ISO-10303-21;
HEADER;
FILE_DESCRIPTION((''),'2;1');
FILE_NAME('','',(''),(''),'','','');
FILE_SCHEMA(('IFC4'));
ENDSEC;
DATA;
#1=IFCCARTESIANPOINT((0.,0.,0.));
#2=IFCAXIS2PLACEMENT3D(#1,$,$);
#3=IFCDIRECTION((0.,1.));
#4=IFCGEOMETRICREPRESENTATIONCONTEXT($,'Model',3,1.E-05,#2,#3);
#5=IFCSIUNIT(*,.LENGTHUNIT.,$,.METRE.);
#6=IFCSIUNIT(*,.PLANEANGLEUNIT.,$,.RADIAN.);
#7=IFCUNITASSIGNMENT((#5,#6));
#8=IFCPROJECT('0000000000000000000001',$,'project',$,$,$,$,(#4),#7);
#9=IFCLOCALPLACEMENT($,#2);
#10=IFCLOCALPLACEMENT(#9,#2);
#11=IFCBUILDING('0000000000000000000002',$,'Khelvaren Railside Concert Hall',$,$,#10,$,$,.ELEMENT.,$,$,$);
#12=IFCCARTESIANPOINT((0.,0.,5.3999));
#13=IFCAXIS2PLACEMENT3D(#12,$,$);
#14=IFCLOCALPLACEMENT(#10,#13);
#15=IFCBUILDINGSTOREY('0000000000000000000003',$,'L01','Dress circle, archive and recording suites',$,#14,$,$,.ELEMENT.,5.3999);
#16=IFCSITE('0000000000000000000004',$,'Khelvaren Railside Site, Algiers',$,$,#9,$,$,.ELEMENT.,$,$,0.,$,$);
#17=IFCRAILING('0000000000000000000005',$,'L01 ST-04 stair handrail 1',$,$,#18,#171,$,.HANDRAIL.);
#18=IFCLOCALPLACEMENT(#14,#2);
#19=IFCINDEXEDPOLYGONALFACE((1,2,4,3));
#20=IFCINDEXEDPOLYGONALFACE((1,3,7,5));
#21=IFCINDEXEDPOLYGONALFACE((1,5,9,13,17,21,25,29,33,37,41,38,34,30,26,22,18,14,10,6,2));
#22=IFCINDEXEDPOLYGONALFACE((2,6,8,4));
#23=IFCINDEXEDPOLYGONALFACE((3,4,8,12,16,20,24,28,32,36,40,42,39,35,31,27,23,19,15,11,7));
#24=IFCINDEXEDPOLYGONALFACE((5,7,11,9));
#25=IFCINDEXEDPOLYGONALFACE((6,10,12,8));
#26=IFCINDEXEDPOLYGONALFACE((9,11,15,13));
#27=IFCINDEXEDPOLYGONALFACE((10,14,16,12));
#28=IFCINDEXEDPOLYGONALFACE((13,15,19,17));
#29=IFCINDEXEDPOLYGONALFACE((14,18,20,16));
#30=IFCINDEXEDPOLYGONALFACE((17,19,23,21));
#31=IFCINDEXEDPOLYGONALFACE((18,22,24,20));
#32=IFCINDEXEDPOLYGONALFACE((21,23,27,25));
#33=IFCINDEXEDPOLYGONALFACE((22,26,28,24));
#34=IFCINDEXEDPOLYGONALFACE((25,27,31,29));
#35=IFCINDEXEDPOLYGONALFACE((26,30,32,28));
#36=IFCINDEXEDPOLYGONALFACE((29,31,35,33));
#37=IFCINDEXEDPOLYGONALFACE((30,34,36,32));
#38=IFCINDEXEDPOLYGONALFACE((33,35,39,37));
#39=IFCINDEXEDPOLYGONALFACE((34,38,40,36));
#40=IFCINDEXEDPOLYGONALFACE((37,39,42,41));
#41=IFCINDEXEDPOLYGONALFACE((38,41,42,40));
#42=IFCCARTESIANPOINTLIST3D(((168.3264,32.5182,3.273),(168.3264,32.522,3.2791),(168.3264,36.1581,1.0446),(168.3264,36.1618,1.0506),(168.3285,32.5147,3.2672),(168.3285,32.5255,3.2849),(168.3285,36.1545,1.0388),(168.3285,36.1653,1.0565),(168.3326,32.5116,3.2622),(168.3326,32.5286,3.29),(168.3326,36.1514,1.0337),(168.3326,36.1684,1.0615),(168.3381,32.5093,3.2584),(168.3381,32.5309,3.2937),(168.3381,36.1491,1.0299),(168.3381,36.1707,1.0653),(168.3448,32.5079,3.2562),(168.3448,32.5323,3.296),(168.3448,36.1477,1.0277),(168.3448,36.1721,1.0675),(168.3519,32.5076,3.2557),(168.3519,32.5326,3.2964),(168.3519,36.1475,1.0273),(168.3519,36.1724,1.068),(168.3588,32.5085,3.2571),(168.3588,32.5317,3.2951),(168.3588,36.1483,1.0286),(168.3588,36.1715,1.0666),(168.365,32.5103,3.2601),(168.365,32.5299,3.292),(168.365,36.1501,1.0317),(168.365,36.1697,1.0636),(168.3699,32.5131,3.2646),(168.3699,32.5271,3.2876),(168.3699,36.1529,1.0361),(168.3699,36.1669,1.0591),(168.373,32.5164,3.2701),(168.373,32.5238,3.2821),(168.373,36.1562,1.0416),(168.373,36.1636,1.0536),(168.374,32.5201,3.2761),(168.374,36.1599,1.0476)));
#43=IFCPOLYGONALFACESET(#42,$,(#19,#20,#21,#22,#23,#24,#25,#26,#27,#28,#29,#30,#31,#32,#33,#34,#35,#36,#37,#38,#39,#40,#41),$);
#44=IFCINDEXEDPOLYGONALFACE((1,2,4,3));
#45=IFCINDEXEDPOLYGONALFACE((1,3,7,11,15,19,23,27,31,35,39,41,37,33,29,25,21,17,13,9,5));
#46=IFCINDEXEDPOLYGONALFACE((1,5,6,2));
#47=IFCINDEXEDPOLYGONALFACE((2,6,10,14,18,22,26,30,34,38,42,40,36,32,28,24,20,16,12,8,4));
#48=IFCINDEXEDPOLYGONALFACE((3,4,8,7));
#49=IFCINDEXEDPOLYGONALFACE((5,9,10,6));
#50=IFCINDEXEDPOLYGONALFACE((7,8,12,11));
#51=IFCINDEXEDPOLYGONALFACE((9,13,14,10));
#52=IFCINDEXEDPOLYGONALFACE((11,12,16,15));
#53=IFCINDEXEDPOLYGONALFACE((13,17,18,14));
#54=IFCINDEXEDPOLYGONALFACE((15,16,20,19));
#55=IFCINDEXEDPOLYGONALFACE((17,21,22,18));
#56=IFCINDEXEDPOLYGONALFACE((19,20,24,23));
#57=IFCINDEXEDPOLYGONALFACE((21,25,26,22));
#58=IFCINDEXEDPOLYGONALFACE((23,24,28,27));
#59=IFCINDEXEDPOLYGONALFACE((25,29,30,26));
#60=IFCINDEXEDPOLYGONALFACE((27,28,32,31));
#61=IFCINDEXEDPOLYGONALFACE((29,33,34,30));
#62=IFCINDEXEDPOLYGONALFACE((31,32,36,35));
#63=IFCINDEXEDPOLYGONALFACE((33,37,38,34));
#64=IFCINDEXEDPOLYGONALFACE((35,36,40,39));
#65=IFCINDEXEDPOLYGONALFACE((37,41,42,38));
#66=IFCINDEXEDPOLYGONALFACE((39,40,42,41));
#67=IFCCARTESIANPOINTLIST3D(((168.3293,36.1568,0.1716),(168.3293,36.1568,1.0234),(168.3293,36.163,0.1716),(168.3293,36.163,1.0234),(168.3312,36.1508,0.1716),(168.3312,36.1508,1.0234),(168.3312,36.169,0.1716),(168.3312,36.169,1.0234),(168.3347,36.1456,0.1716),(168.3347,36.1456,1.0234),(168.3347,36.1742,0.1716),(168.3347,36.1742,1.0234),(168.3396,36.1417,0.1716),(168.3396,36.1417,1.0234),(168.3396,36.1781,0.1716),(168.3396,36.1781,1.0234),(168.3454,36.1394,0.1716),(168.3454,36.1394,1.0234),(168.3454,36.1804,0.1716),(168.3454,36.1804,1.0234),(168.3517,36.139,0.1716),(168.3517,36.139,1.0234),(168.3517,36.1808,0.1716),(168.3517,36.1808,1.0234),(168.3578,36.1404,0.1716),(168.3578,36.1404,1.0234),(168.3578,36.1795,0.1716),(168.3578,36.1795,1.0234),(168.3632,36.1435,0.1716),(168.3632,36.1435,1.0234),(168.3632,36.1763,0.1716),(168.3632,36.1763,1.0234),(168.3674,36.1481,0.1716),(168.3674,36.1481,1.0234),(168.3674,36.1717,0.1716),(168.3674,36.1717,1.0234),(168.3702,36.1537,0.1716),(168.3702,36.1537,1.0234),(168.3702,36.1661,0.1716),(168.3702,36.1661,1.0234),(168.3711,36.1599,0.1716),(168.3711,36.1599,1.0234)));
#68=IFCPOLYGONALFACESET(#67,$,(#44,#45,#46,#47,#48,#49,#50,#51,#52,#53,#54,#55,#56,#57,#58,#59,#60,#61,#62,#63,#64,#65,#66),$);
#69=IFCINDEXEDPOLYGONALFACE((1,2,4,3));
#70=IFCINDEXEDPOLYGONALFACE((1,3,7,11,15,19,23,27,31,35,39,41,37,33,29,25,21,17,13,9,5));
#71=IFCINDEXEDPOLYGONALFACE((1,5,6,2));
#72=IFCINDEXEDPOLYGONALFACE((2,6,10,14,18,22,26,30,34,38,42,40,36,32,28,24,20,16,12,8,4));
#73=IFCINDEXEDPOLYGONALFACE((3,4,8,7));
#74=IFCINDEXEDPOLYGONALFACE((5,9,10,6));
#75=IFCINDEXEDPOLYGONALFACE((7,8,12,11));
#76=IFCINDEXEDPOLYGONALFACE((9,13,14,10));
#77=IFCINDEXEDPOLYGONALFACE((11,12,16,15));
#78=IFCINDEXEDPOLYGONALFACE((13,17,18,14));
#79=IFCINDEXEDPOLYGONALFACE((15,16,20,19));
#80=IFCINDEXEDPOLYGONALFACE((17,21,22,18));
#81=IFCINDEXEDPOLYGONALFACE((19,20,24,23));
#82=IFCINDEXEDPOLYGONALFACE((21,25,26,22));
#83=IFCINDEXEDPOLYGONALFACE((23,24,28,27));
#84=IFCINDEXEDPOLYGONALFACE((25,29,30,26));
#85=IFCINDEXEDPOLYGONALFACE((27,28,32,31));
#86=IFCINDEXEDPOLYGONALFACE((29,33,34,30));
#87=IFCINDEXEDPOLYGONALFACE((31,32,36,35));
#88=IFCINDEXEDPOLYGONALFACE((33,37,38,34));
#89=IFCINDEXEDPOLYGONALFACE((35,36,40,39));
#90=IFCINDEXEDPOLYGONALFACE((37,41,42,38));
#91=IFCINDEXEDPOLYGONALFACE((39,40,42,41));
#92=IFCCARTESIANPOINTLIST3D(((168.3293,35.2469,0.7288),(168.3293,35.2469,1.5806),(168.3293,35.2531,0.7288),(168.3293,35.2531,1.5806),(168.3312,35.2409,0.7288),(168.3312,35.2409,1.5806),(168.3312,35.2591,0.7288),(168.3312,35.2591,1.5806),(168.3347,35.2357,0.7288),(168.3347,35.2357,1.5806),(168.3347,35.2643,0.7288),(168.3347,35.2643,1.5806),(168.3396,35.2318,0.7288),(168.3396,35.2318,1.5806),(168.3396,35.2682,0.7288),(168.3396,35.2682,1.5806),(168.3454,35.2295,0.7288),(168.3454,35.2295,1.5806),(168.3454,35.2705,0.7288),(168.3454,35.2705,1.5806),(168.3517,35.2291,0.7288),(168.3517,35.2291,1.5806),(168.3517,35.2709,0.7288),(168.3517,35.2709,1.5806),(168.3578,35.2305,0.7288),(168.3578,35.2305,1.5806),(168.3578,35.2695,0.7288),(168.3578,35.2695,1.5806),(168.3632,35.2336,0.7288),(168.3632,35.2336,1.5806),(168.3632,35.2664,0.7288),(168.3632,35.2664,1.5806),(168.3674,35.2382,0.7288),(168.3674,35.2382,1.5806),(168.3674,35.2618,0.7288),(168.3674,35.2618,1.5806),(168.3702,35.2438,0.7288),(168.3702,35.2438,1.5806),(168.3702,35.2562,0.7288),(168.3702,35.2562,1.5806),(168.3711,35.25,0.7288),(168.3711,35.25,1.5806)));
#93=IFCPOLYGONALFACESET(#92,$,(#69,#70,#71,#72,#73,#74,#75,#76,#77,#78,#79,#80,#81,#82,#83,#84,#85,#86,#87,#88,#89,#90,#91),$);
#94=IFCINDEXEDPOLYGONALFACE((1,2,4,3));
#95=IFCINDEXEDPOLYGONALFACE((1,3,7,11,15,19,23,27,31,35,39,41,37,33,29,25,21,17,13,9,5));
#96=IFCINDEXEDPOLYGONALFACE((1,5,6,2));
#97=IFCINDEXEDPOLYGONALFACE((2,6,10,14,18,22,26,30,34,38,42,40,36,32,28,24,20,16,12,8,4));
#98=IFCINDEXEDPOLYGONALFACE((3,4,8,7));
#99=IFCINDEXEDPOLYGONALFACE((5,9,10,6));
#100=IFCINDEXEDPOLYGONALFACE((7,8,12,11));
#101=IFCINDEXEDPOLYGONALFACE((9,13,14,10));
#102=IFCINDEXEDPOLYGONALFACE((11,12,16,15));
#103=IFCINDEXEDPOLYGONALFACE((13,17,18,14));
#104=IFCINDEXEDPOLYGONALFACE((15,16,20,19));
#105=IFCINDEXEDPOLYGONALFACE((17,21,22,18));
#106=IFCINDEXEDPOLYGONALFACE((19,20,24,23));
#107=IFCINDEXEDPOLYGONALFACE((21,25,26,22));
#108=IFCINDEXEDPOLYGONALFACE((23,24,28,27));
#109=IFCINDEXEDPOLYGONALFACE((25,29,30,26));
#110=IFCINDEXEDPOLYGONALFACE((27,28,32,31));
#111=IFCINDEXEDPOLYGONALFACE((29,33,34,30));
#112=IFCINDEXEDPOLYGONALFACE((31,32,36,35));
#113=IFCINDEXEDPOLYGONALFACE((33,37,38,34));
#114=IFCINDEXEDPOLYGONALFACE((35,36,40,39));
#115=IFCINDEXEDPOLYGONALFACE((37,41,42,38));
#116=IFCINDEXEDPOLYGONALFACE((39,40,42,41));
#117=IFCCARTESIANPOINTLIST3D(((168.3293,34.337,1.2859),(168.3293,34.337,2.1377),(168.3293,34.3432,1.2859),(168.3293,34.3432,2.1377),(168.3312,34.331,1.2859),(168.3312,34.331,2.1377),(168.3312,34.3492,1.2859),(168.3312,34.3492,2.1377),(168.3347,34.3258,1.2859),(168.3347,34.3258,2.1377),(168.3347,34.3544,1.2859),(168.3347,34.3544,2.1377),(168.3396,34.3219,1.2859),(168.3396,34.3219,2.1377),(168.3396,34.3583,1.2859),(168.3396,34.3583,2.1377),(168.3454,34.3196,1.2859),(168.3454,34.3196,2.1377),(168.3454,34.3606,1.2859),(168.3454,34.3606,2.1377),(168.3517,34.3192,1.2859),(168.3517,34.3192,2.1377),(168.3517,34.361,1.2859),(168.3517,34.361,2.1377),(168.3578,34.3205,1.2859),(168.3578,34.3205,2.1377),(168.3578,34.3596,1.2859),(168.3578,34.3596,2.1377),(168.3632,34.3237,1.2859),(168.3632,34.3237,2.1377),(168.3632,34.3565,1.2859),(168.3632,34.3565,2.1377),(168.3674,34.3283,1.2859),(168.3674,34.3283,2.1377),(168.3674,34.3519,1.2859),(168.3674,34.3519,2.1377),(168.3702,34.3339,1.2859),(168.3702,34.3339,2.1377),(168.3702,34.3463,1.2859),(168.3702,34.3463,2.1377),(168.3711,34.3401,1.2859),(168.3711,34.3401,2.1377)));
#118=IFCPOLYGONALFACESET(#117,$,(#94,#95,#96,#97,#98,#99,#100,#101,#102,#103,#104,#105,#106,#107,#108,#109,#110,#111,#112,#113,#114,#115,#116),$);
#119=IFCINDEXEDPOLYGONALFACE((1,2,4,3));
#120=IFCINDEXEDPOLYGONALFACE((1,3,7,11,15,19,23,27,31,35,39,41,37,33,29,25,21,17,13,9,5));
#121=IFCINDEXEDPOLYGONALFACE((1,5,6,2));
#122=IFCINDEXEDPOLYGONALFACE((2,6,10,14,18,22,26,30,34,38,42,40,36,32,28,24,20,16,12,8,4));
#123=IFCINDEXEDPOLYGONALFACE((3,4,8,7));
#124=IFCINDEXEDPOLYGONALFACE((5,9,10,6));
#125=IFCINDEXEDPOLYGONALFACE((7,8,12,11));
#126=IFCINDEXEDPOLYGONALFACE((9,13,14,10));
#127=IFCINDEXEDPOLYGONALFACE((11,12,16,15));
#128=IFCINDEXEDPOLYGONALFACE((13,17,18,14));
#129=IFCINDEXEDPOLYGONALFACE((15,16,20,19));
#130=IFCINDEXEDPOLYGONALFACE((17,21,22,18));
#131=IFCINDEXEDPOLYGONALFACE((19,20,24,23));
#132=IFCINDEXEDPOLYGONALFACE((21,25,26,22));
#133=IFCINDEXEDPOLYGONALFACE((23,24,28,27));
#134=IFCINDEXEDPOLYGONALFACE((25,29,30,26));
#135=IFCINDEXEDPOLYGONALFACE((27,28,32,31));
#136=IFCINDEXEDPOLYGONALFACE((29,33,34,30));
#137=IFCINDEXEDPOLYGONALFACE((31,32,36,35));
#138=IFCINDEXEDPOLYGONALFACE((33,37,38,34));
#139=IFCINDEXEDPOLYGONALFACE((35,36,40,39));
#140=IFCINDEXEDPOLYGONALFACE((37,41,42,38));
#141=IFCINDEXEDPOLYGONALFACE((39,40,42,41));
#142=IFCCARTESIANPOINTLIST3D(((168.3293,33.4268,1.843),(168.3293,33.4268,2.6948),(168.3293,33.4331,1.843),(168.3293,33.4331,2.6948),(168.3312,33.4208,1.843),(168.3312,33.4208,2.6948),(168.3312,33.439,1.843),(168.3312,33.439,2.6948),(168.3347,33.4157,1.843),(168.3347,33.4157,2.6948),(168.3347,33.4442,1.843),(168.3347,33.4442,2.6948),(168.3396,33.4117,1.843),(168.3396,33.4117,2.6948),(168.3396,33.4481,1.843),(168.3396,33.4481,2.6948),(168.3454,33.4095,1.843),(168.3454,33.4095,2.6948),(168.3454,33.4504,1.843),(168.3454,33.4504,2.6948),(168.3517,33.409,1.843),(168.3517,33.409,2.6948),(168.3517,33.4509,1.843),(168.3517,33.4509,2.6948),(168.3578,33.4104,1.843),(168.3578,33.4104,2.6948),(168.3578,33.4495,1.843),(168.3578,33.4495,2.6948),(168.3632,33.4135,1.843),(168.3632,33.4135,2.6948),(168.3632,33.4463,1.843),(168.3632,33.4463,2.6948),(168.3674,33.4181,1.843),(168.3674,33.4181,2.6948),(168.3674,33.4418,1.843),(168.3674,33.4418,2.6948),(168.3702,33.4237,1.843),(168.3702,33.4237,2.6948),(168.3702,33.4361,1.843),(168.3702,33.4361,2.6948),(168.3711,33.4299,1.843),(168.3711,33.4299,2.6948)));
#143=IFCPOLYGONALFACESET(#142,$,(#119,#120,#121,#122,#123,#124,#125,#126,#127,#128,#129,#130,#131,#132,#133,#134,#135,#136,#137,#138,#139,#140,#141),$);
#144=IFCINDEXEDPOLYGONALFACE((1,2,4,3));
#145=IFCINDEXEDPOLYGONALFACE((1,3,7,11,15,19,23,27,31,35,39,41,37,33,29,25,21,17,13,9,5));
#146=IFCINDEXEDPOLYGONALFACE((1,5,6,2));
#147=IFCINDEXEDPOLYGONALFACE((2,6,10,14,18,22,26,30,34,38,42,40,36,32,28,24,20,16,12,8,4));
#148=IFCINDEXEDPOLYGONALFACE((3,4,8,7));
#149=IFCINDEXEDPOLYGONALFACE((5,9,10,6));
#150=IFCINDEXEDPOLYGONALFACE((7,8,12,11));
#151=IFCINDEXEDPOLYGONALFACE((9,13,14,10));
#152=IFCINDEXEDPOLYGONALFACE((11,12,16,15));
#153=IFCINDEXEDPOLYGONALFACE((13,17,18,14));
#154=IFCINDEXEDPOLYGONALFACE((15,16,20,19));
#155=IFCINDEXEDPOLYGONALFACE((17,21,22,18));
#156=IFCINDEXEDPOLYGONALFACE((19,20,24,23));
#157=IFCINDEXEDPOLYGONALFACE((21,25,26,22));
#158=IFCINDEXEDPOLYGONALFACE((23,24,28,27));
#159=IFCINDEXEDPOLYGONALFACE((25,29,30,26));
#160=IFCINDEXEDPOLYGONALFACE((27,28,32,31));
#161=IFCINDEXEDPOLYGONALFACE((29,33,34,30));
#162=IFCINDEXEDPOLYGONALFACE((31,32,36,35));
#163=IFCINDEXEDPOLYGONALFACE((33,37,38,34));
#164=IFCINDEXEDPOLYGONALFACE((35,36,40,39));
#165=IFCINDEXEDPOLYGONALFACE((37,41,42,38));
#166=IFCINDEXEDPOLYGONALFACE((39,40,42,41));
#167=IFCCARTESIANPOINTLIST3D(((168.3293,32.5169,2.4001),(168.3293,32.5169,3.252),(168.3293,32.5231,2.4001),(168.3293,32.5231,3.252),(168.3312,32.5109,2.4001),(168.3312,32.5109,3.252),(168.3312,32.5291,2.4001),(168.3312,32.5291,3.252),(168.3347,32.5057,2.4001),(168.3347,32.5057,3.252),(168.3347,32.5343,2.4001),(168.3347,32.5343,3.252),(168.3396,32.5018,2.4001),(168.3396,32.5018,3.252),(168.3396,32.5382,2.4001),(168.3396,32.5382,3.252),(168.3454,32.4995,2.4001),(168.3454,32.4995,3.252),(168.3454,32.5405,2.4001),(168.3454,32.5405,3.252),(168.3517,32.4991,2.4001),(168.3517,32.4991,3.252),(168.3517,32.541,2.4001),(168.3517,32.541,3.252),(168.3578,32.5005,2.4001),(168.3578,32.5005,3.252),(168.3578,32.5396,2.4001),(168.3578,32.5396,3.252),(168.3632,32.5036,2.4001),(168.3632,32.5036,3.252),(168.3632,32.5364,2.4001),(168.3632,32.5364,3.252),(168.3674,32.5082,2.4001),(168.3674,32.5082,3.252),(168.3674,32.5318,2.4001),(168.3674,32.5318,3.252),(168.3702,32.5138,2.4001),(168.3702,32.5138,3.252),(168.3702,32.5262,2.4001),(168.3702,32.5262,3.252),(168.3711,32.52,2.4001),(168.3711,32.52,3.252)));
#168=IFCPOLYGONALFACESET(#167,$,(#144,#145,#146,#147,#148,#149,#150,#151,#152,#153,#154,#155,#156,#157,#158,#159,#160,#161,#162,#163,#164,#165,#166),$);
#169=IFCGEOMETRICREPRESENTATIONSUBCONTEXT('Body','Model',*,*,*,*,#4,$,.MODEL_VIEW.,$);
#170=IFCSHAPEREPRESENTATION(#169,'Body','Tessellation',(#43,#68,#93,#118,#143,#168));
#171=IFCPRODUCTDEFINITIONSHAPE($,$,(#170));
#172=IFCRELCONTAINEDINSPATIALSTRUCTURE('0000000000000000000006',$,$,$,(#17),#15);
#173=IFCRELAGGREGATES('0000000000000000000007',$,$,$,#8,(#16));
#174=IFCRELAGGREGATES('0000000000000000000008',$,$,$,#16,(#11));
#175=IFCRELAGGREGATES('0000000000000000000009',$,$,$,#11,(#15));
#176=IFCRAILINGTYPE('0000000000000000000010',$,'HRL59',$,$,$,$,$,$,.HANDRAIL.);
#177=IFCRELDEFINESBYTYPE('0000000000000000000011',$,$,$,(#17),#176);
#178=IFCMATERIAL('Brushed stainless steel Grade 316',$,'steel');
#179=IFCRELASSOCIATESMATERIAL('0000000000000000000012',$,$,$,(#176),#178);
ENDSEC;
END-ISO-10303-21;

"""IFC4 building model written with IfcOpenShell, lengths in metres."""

from ifc_helpers import new_model, si_unit, direction, frame, origin, origin_2d, place, context, subcontext, project, spatial, circle, extrude, material, type_object, element, save


model = new_model("IFC4")

# Units and contexts
model_context = context("Model", 3, precision=1e-05, world=origin(), true_north=direction((0.0, 1.0)))
body_context = subcontext(model_context, "Body", "Model", "MODEL_VIEW")
ifc_project = project(units=[si_unit("LENGTHUNIT", "METRE"), si_unit("PLANEANGLEUNIT", "RADIAN")], contexts=[model_context])

# Site, building, storey
site_placement = place(None, origin())
site = spatial("IfcSite", under=ifc_project, at=site_placement, Name="Khelvaren Railside Site, Algiers", CompositionType="ELEMENT", RefElevation=0.0)
building_placement = place(site_placement, origin())
building = spatial("IfcBuilding", under=site, at=building_placement, Name="Khelvaren Railside Concert Hall", CompositionType="ELEMENT")
storey_placement = place(building_placement, frame((0.0, 0.0, 5.3999)))
storey = spatial("IfcBuildingStorey", under=building, at=storey_placement, Name="L01", Description="Dress circle, archive and recording suites", CompositionType="ELEMENT", Elevation=5.3999)

# Railing
ifc_material_1 = material(Name="Brushed stainless steel Grade 316", Category="steel")
railing_type_1 = type_object("IfcRailingType", Name="HRL59", PredefinedType="HANDRAIL", material=ifc_material_1)
railing_1_placement = place(storey_placement, frame((168.3501, 36.1599, 0.1716)))
element("IfcRailing", 1, at=railing_1_placement, inside=storey, type_object=railing_type_1, Name="L01 ST-04 stair handrail 1", PredefinedType="HANDRAIL", context=body_context, shape_type="SweptSolid", body=[
    extrude(circle(Radius=0.0239, at=origin_2d()), frame((0.0, 0.0, 0.876), z_axis=(0.0, -0.85285, 0.522156), x_axis=(1.0, 0.0, 0.0)), (0.0, 0.0, 1.0), 4.2678),
    extrude(circle(Radius=0.021, at=origin_2d()), origin(), (0.0, 0.0, 1.0), 0.8518),
    extrude(circle(Radius=0.021, at=origin_2d()), frame((0.0, -0.9099, 0.5571)), (0.0, 0.0, 1.0), 0.8518),
    extrude(circle(Radius=0.021, at=origin_2d()), frame((0.0, -1.8198, 1.1143)), (0.0, 0.0, 1.0), 0.8518),
    extrude(circle(Radius=0.021, at=origin_2d()), frame((0.0, -2.73, 1.6714)), (0.0, 0.0, 1.0), 0.8518),
    extrude(circle(Radius=0.021, at=origin_2d()), frame((0.0, -3.6399, 2.2285)), (0.0, 0.0, 1.0), 0.8518),
])

save(model, "model.ifc")
